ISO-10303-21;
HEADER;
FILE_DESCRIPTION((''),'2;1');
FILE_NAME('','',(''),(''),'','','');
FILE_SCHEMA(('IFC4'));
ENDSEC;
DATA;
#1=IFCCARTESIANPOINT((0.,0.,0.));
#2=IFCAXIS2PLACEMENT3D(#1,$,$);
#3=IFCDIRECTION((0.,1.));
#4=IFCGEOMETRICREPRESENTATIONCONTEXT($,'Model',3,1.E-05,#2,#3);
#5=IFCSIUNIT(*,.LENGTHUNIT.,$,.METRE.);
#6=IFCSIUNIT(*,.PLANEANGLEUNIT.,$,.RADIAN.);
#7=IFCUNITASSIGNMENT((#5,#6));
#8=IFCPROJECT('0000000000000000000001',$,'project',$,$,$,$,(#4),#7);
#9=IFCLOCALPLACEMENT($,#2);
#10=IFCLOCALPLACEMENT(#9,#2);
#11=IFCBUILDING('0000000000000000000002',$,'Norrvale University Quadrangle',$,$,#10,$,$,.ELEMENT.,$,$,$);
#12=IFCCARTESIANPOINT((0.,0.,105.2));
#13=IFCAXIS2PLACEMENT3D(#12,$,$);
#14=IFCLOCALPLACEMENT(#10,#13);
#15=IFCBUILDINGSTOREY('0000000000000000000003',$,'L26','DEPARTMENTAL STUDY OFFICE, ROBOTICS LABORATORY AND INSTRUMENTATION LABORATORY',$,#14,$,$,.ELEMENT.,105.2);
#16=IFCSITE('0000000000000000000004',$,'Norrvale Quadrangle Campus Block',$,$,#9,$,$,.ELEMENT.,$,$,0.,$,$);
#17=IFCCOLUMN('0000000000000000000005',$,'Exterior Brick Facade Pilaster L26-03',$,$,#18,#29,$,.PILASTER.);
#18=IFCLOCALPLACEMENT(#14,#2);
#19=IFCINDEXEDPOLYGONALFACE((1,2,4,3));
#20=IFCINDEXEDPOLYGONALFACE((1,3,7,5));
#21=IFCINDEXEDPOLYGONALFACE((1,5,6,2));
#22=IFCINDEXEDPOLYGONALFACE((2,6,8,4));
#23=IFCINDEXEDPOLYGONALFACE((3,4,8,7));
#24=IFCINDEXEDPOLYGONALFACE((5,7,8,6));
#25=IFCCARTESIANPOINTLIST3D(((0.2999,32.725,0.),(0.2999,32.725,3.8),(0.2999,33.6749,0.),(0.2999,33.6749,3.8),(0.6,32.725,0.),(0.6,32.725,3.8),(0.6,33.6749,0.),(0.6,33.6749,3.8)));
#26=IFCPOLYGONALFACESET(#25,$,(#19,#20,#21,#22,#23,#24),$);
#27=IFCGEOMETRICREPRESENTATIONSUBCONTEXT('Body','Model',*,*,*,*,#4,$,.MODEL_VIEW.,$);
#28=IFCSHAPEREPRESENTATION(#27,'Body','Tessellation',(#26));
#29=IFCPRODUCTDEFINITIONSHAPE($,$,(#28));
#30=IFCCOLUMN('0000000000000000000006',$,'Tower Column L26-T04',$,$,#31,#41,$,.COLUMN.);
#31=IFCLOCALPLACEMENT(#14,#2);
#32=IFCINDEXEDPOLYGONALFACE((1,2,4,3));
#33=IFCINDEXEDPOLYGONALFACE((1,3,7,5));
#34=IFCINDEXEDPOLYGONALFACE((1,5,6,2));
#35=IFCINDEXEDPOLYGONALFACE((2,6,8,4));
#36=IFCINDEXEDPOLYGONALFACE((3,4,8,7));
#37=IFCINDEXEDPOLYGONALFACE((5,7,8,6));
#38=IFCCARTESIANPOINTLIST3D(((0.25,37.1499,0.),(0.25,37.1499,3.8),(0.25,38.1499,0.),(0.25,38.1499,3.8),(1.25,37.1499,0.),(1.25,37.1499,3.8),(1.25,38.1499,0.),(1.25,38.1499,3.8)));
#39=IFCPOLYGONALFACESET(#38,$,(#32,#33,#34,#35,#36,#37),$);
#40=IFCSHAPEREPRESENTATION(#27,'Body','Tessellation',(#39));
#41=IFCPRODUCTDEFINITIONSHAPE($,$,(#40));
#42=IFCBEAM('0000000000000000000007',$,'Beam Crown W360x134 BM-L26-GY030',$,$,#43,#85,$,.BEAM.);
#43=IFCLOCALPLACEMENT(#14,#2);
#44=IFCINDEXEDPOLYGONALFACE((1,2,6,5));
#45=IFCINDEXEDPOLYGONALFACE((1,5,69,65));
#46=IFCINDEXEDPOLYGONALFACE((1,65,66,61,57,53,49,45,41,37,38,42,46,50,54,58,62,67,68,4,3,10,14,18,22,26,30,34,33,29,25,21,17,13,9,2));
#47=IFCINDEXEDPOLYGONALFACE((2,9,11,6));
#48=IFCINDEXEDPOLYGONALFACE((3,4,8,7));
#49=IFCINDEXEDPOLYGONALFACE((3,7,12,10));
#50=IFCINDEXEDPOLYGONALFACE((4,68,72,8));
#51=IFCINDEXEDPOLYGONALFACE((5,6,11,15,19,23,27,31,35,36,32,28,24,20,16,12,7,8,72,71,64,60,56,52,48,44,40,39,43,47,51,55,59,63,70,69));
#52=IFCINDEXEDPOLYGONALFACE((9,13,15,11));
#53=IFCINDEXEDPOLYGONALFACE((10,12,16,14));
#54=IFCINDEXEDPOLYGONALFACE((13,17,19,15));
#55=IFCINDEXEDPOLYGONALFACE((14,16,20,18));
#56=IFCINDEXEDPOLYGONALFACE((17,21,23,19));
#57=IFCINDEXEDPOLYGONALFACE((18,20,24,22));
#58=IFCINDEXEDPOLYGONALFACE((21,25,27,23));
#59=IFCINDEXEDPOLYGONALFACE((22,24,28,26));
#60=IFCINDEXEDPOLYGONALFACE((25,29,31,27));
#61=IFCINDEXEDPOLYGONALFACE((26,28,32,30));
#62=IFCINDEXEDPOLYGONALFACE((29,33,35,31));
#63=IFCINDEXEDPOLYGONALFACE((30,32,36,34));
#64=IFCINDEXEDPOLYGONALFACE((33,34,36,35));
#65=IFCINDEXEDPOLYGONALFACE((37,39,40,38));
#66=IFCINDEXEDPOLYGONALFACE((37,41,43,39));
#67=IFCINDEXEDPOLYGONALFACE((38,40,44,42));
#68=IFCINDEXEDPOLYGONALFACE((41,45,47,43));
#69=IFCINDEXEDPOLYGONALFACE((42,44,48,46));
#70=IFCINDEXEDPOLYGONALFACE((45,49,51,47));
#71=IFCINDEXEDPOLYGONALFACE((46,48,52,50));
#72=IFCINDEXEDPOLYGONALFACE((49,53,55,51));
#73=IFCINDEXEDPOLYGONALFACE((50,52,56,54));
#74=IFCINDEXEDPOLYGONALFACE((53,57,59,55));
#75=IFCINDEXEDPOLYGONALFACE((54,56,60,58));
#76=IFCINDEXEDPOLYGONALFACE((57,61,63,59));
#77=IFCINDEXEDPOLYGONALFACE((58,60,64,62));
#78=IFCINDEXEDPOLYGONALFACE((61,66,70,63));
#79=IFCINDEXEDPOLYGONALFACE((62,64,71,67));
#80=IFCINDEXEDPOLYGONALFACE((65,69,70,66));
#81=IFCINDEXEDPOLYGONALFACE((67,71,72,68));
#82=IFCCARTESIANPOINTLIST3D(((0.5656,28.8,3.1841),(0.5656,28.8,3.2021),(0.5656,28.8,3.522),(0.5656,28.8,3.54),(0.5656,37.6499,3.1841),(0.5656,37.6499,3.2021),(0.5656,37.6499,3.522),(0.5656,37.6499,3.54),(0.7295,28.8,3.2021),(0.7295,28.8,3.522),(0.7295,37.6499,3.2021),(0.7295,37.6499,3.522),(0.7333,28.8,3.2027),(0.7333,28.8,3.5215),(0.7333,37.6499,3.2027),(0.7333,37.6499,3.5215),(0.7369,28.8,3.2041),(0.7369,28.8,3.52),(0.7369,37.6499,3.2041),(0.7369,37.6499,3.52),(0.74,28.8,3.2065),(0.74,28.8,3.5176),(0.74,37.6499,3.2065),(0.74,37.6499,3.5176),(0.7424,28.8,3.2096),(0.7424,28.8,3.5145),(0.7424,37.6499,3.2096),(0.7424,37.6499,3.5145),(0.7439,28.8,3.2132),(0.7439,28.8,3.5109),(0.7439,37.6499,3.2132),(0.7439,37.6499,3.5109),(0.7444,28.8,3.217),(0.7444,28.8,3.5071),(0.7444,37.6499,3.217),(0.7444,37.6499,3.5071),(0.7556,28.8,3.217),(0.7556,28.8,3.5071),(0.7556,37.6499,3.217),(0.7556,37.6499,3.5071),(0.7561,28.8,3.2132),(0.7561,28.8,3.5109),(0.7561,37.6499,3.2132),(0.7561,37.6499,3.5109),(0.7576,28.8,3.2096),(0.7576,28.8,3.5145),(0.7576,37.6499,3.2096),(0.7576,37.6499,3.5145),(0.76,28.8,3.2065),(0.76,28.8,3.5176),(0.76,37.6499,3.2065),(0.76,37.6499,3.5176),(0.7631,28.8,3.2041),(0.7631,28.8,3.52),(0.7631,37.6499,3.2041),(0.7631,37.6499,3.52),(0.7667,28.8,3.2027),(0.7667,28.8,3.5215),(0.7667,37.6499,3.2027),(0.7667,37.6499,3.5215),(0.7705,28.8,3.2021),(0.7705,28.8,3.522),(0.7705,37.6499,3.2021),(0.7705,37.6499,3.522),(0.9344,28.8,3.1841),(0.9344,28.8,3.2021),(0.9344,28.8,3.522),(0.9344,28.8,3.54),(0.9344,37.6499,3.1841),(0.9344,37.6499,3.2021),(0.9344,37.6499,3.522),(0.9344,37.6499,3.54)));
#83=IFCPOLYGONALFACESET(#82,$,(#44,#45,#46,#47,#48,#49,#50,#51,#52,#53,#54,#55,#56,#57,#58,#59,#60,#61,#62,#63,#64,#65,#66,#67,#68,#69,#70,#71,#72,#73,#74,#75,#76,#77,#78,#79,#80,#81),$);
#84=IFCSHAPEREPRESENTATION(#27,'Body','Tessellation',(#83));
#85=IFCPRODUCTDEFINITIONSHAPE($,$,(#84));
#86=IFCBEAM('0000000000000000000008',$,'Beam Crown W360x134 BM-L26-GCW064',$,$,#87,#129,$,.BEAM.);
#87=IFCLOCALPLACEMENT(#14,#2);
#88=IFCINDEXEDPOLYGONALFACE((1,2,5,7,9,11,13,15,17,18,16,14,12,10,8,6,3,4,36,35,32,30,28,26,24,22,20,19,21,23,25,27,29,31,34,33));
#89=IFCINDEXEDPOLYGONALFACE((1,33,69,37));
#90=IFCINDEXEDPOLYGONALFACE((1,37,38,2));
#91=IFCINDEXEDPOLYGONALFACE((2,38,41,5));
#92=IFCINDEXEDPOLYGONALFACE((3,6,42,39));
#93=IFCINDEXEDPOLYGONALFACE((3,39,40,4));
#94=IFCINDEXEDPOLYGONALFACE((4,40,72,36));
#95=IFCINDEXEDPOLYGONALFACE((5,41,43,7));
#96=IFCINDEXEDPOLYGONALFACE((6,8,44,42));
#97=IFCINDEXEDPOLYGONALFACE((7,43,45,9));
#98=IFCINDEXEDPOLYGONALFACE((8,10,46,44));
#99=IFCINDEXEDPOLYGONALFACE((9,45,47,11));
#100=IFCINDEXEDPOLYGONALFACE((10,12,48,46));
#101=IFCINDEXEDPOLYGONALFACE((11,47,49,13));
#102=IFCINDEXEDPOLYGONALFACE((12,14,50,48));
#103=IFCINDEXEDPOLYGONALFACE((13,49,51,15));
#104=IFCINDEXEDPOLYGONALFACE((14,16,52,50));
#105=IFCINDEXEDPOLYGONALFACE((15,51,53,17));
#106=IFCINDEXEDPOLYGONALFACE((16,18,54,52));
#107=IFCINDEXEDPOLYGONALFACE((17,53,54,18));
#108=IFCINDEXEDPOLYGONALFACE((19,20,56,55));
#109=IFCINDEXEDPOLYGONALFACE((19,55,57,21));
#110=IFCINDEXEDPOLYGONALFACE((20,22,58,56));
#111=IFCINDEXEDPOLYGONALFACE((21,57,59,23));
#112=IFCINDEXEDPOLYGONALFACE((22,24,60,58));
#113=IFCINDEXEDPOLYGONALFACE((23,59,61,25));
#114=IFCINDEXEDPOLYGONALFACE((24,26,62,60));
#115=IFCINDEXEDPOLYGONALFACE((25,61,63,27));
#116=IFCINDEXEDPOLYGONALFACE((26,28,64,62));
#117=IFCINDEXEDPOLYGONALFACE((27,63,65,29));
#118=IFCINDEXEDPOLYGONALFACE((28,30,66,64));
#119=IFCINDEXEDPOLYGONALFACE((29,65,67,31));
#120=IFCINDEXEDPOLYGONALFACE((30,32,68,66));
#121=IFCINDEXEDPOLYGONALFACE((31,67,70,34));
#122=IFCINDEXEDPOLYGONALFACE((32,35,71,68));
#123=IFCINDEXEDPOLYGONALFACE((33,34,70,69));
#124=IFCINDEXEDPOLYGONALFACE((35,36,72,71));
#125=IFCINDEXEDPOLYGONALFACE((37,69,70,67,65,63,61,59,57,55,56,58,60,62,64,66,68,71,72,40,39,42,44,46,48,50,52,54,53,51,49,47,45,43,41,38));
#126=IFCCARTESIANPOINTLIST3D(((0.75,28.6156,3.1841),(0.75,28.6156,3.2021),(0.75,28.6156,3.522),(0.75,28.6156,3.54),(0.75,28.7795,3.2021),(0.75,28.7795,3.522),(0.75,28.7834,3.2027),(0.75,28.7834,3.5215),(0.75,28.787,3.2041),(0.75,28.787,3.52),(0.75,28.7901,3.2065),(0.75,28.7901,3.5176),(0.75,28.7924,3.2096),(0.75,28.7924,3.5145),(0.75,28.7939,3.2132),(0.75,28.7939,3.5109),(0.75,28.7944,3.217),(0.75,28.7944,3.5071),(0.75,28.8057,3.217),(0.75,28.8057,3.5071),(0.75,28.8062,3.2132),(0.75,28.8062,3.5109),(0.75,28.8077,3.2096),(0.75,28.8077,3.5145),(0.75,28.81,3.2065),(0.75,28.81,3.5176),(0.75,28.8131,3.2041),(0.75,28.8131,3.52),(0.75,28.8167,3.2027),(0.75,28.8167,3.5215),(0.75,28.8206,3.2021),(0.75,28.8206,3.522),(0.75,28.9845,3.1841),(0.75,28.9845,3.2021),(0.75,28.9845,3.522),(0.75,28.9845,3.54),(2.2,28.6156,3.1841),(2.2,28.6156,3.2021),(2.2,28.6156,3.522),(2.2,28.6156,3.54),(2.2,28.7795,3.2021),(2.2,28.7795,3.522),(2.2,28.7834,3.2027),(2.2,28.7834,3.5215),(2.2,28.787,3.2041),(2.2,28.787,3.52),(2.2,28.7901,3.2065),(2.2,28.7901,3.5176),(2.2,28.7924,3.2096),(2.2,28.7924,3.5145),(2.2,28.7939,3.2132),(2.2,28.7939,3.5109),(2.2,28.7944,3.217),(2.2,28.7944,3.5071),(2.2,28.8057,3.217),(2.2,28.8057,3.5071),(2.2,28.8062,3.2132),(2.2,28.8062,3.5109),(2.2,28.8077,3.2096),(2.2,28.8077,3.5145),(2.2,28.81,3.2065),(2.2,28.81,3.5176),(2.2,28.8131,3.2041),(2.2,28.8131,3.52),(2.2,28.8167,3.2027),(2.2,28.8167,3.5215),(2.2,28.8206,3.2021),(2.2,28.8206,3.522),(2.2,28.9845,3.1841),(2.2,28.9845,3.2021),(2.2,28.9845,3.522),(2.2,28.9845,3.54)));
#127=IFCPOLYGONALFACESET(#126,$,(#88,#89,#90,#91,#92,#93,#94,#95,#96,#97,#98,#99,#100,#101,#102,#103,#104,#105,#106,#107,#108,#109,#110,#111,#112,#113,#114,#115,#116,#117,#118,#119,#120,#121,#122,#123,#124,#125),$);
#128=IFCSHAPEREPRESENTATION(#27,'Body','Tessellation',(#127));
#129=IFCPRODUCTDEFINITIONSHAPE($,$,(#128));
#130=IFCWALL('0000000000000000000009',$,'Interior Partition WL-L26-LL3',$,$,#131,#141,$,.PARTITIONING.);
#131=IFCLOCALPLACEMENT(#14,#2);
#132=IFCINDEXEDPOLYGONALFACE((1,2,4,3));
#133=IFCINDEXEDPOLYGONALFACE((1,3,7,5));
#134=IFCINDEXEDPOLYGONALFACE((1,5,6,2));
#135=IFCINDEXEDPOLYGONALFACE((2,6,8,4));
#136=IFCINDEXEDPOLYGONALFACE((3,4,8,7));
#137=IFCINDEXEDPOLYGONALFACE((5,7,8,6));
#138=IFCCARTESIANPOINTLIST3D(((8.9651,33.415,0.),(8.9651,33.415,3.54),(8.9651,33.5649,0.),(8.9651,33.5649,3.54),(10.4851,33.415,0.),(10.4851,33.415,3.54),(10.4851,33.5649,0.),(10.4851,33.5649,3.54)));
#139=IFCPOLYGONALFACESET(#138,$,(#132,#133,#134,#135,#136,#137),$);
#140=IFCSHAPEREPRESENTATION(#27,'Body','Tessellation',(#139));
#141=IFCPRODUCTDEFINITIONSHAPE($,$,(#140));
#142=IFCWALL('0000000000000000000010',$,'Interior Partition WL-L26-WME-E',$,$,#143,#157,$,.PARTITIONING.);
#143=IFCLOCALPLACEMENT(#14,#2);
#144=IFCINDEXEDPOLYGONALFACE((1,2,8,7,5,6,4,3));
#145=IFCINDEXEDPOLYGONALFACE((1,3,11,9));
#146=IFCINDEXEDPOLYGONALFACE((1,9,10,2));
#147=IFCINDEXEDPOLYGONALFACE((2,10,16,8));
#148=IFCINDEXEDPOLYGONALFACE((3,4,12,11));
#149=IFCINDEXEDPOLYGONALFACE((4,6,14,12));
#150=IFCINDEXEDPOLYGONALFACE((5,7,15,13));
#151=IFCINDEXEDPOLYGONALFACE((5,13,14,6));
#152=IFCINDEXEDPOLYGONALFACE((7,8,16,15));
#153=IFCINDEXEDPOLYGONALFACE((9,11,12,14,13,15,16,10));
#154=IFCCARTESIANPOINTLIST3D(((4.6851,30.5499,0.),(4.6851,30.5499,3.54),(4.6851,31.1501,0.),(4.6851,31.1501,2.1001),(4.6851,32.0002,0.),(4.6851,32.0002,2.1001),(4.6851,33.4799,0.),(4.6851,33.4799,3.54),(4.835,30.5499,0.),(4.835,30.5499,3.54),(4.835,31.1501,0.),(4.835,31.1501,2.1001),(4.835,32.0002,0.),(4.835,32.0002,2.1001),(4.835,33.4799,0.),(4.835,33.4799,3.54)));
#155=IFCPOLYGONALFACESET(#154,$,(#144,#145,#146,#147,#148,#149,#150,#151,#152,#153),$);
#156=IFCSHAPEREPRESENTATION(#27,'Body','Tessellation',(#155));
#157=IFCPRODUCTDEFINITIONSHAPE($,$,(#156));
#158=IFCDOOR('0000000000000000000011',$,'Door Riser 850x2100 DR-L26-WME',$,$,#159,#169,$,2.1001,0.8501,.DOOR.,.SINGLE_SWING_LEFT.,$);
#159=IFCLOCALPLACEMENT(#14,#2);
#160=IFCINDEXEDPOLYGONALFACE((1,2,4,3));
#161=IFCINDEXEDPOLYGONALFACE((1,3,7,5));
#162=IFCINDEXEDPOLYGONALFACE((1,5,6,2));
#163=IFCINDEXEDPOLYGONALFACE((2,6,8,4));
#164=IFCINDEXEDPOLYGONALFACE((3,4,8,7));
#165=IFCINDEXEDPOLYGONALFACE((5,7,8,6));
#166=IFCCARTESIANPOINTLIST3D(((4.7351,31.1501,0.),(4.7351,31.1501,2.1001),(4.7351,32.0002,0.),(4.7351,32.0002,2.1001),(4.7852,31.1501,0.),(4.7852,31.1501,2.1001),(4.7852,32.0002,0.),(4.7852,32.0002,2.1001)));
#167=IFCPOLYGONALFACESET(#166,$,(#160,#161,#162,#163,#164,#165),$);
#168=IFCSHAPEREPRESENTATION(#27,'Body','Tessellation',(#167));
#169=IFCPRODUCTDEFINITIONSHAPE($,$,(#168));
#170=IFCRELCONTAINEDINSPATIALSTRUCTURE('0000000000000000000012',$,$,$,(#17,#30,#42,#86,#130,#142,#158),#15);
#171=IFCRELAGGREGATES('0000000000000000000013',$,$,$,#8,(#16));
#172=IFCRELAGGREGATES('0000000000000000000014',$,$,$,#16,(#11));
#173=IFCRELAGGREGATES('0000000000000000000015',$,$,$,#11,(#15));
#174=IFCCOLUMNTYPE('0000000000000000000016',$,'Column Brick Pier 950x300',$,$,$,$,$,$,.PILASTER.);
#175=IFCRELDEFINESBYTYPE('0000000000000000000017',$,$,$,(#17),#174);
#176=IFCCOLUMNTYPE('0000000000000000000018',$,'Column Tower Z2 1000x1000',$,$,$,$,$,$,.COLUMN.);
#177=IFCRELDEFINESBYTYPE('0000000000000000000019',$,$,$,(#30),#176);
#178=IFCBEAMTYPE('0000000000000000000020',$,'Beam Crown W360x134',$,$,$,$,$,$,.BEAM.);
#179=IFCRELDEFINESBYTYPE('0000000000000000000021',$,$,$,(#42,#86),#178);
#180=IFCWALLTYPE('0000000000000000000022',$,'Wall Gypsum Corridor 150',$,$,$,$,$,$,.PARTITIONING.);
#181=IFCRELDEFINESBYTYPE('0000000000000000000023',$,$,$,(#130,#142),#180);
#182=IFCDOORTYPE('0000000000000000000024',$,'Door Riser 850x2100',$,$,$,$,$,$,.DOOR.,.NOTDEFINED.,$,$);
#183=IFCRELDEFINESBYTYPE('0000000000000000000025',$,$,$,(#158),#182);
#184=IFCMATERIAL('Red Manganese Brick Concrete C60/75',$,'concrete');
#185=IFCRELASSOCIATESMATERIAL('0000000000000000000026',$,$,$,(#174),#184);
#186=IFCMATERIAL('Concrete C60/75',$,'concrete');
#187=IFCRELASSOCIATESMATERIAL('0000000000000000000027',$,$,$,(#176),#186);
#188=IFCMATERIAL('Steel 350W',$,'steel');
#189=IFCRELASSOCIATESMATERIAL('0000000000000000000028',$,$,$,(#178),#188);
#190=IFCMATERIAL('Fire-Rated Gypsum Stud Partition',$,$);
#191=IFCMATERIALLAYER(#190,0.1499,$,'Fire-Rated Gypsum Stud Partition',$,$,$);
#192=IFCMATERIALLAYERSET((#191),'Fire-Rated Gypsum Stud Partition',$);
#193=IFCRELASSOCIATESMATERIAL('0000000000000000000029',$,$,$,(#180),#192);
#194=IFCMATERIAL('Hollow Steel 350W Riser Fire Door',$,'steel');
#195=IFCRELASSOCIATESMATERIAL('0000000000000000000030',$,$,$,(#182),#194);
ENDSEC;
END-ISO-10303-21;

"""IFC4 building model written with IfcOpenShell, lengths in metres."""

from ifc_helpers import new_model, si_unit, direction, frame, frame_2d, origin, origin_2d, place, context, subcontext, project, spatial, rectangle, i_section, extrude, material, layer, layer_set, material_profile, profile_set, type_object, element, fill, save


model = new_model("IFC4")

# Units and contexts
model_context = context("Model", 3, precision=1e-05, world=origin(), true_north=direction((0.0, 1.0)))
body_context = subcontext(model_context, "Body", "Model", "MODEL_VIEW")
ifc_project = project(units=[si_unit("LENGTHUNIT", "METRE"), si_unit("PLANEANGLEUNIT", "RADIAN")], contexts=[model_context])

# Site, building, storey
site_placement = place(None, origin())
site = spatial("IfcSite", under=ifc_project, at=site_placement, Name="Norrvale Quadrangle Campus Block", CompositionType="ELEMENT", RefElevation=0.0)
building_placement = place(site_placement, origin())
building = spatial("IfcBuilding", under=site, at=building_placement, Name="Norrvale University Quadrangle", CompositionType="ELEMENT")
storey_placement = place(building_placement, frame((0.0, 0.0, 105.2)))
storey = spatial("IfcBuildingStorey", under=building, at=storey_placement, Name="L26", Description="DEPARTMENTAL STUDY OFFICE, ROBOTICS LABORATORY AND INSTRUMENTATION LABORATORY", CompositionType="ELEMENT", Elevation=105.2)

# Columns
ifc_material_1 = material(Name="Red Manganese Brick Concrete C60/75", Category="concrete")
ifc_material_profile_1 = material_profile(ifc_material_1, rectangle(XDim=0.95, YDim=0.3, at=origin_2d()), Name="Red Manganese Brick Concrete C60/75")
ifc_profile_set_1 = profile_set([ifc_material_profile_1], Name="Red Manganese Brick Concrete C60/75")
column_type_1 = type_object("IfcColumnType", Name="Column Brick Pier 950x300", PredefinedType="PILASTER", material=ifc_profile_set_1)
column_1_placement = place(storey_placement, frame((0.45, 33.2, 0.0), z_axis=(0.0, 0.0, 1.0), x_axis=(0.0, 1.0, 0.0)))
element("IfcColumn", 1, at=column_1_placement, inside=storey, type_object=column_type_1, Name="Exterior Brick Facade Pilaster L26-03", PredefinedType="PILASTER", context=body_context, shape_type="SweptSolid", body=[
    extrude(rectangle(XDim=0.95, YDim=0.3, at=origin_2d()), origin(), (0.0, 0.0, 1.0), 3.8),
])
ifc_material_2 = material(Name="Concrete C60/75", Category="concrete")
ifc_material_profile_2 = material_profile(ifc_material_2, rectangle(XDim=1.0, YDim=1.0, at=origin_2d()), Name="Concrete C60/75")
ifc_profile_set_2 = profile_set([ifc_material_profile_2], Name="Concrete C60/75")
column_type_2 = type_object("IfcColumnType", Name="Column Tower Z2 1000x1000", PredefinedType="COLUMN", material=ifc_profile_set_2)
column_2_placement = place(storey_placement, frame((0.75, 37.6499, 0.0), z_axis=(0.0, 0.0, 1.0), x_axis=(1.0, 0.0, 0.0)))
element("IfcColumn", 2, at=column_2_placement, inside=storey, type_object=column_type_2, Name="Tower Column L26-T04", PredefinedType="COLUMN", context=body_context, shape_type="SweptSolid", body=[
    extrude(rectangle(XDim=1.0, YDim=1.0, at=origin_2d()), origin(), (0.0, 0.0, 1.0), 3.8),
])

# Beams
ifc_material_3 = material(Name="Steel 350W", Category="steel")
ifc_material_profile_3 = material_profile(ifc_material_3, i_section(OverallWidth=0.3689, OverallDepth=0.356, WebThickness=0.0112, FlangeThickness=0.0181, FilletRadius=0.0149, at=origin_2d()), Name="Steel 350W")
ifc_profile_set_3 = profile_set([ifc_material_profile_3], Name="Steel 350W")
beam_type = type_object("IfcBeamType", Name="Beam Crown W360x134", PredefinedType="BEAM", material=ifc_profile_set_3)
beam_1_placement = place(storey_placement, frame((0.75, 28.8, 3.3621), z_axis=(0.0, 1.0, 0.0), x_axis=(-1.0, 0.0, 0.0)))
element("IfcBeam", 3, at=beam_1_placement, inside=storey, type_object=beam_type, Name="Beam Crown W360x134 BM-L26-GY030", PredefinedType="BEAM", context=body_context, shape_type="SweptSolid", body=[
    extrude(i_section(OverallWidth=0.3689, OverallDepth=0.356, WebThickness=0.0112, FlangeThickness=0.0181, FilletRadius=0.0149, at=origin_2d()), origin(), (0.0, 0.0, 1.0), 8.8499),
])
beam_2_placement = place(storey_placement, frame((0.75, 28.8, 3.3621), z_axis=(1.0, 0.0, 0.0), x_axis=(0.0, 1.0, 0.0)))
element("IfcBeam", 4, at=beam_2_placement, inside=storey, type_object=beam_type, Name="Beam Crown W360x134 BM-L26-GCW064", PredefinedType="BEAM", context=body_context, shape_type="SweptSolid", body=[
    extrude(i_section(OverallWidth=0.3689, OverallDepth=0.356, WebThickness=0.0112, FlangeThickness=0.0181, FilletRadius=0.0149, at=origin_2d()), origin(), (0.0, 0.0, 1.0), 1.45),
])

# Wall
ifc_material_4 = material(Name="Fire-Rated Gypsum Stud Partition")
ifc_layer_1 = layer(ifc_material_4, 0.1499, Name="Fire-Rated Gypsum Stud Partition")
ifc_layer_set_1 = layer_set([ifc_layer_1], Name="Fire-Rated Gypsum Stud Partition")
wall_type_1 = type_object("IfcWallType", Name="Wall Gypsum Corridor 150", PredefinedType="PARTITIONING", material=ifc_layer_set_1)
wall_1_placement = place(storey_placement, frame((8.9651, 33.49, 0.0), z_axis=(0.0, 0.0, 1.0), x_axis=(1.0, 0.0, 0.0)))
element("IfcWall", 5, at=wall_1_placement, inside=storey, type_object=wall_type_1, Name="Interior Partition WL-L26-LL3", PredefinedType="PARTITIONING", context=body_context, shape_type="SweptSolid", body=[
    extrude(rectangle(XDim=1.52, YDim=0.1499, at=frame_2d((0.76, 0.0))), origin(), (0.0, 0.0, 1.0), 3.54),
])

# Wall, opening, door
wall_2_placement = place(storey_placement, frame((4.76, 30.55, 0.0), z_axis=(0.0, 0.0, 1.0), x_axis=(0.0, 1.0, 0.0)))
wall_2 = element("IfcWall", 6, at=wall_2_placement, inside=storey, type_object=wall_type_1, Name="Interior Partition WL-L26-WME-E", PredefinedType="PARTITIONING", context=body_context, shape_type="SweptSolid", body=[
    extrude(rectangle(XDim=2.9299, YDim=0.1499, at=frame_2d((1.4648, 0.0))), origin(), (0.0, 0.0, 1.0), 3.54),
])
opening_1_placement = place(wall_2_placement, frame((0.6001, 0.0, 0.0)))
opening_1 = element("IfcOpeningElement", 7, at=opening_1_placement, cuts=wall_2, PredefinedType="OPENING", context=body_context, shape_type="SweptSolid", body=[
    extrude(rectangle(XDim=0.8501, YDim=2.1001, at=frame_2d((0.425, 1.05))), frame((0.0, 0.0869, 0.0), z_axis=(0.0, -1.0, 0.0), x_axis=(1.0, 0.0, 0.0)), (0.0, 0.0, 1.0), 0.1738),
])
ifc_material_5 = material(Name="Hollow Steel 350W Riser Fire Door", Category="steel")
door_type_1 = type_object("IfcDoorType", Name="Door Riser 850x2100", OperationType="NOTDEFINED", PredefinedType="DOOR", material=ifc_material_5)
door_1_placement = place(opening_1_placement, origin())
door_1 = element("IfcDoor", 8, at=door_1_placement, inside=storey, type_object=door_type_1, Name="Door Riser 850x2100 DR-L26-WME", OperationType="SINGLE_SWING_LEFT", OverallHeight=2.1001, OverallWidth=0.8501, PredefinedType="DOOR", context=body_context, shape_type="SweptSolid", body=[
    extrude(rectangle(XDim=0.8501, YDim=2.1001, at=frame_2d((0.425, 1.05))), frame((0.0, 0.0249, 0.0), z_axis=(0.0, -1.0, 0.0), x_axis=(1.0, 0.0, 0.0)), (0.0, 0.0, 1.0), 0.05),
])
fill(opening_1, door_1)

save(model, "model.ifc")
